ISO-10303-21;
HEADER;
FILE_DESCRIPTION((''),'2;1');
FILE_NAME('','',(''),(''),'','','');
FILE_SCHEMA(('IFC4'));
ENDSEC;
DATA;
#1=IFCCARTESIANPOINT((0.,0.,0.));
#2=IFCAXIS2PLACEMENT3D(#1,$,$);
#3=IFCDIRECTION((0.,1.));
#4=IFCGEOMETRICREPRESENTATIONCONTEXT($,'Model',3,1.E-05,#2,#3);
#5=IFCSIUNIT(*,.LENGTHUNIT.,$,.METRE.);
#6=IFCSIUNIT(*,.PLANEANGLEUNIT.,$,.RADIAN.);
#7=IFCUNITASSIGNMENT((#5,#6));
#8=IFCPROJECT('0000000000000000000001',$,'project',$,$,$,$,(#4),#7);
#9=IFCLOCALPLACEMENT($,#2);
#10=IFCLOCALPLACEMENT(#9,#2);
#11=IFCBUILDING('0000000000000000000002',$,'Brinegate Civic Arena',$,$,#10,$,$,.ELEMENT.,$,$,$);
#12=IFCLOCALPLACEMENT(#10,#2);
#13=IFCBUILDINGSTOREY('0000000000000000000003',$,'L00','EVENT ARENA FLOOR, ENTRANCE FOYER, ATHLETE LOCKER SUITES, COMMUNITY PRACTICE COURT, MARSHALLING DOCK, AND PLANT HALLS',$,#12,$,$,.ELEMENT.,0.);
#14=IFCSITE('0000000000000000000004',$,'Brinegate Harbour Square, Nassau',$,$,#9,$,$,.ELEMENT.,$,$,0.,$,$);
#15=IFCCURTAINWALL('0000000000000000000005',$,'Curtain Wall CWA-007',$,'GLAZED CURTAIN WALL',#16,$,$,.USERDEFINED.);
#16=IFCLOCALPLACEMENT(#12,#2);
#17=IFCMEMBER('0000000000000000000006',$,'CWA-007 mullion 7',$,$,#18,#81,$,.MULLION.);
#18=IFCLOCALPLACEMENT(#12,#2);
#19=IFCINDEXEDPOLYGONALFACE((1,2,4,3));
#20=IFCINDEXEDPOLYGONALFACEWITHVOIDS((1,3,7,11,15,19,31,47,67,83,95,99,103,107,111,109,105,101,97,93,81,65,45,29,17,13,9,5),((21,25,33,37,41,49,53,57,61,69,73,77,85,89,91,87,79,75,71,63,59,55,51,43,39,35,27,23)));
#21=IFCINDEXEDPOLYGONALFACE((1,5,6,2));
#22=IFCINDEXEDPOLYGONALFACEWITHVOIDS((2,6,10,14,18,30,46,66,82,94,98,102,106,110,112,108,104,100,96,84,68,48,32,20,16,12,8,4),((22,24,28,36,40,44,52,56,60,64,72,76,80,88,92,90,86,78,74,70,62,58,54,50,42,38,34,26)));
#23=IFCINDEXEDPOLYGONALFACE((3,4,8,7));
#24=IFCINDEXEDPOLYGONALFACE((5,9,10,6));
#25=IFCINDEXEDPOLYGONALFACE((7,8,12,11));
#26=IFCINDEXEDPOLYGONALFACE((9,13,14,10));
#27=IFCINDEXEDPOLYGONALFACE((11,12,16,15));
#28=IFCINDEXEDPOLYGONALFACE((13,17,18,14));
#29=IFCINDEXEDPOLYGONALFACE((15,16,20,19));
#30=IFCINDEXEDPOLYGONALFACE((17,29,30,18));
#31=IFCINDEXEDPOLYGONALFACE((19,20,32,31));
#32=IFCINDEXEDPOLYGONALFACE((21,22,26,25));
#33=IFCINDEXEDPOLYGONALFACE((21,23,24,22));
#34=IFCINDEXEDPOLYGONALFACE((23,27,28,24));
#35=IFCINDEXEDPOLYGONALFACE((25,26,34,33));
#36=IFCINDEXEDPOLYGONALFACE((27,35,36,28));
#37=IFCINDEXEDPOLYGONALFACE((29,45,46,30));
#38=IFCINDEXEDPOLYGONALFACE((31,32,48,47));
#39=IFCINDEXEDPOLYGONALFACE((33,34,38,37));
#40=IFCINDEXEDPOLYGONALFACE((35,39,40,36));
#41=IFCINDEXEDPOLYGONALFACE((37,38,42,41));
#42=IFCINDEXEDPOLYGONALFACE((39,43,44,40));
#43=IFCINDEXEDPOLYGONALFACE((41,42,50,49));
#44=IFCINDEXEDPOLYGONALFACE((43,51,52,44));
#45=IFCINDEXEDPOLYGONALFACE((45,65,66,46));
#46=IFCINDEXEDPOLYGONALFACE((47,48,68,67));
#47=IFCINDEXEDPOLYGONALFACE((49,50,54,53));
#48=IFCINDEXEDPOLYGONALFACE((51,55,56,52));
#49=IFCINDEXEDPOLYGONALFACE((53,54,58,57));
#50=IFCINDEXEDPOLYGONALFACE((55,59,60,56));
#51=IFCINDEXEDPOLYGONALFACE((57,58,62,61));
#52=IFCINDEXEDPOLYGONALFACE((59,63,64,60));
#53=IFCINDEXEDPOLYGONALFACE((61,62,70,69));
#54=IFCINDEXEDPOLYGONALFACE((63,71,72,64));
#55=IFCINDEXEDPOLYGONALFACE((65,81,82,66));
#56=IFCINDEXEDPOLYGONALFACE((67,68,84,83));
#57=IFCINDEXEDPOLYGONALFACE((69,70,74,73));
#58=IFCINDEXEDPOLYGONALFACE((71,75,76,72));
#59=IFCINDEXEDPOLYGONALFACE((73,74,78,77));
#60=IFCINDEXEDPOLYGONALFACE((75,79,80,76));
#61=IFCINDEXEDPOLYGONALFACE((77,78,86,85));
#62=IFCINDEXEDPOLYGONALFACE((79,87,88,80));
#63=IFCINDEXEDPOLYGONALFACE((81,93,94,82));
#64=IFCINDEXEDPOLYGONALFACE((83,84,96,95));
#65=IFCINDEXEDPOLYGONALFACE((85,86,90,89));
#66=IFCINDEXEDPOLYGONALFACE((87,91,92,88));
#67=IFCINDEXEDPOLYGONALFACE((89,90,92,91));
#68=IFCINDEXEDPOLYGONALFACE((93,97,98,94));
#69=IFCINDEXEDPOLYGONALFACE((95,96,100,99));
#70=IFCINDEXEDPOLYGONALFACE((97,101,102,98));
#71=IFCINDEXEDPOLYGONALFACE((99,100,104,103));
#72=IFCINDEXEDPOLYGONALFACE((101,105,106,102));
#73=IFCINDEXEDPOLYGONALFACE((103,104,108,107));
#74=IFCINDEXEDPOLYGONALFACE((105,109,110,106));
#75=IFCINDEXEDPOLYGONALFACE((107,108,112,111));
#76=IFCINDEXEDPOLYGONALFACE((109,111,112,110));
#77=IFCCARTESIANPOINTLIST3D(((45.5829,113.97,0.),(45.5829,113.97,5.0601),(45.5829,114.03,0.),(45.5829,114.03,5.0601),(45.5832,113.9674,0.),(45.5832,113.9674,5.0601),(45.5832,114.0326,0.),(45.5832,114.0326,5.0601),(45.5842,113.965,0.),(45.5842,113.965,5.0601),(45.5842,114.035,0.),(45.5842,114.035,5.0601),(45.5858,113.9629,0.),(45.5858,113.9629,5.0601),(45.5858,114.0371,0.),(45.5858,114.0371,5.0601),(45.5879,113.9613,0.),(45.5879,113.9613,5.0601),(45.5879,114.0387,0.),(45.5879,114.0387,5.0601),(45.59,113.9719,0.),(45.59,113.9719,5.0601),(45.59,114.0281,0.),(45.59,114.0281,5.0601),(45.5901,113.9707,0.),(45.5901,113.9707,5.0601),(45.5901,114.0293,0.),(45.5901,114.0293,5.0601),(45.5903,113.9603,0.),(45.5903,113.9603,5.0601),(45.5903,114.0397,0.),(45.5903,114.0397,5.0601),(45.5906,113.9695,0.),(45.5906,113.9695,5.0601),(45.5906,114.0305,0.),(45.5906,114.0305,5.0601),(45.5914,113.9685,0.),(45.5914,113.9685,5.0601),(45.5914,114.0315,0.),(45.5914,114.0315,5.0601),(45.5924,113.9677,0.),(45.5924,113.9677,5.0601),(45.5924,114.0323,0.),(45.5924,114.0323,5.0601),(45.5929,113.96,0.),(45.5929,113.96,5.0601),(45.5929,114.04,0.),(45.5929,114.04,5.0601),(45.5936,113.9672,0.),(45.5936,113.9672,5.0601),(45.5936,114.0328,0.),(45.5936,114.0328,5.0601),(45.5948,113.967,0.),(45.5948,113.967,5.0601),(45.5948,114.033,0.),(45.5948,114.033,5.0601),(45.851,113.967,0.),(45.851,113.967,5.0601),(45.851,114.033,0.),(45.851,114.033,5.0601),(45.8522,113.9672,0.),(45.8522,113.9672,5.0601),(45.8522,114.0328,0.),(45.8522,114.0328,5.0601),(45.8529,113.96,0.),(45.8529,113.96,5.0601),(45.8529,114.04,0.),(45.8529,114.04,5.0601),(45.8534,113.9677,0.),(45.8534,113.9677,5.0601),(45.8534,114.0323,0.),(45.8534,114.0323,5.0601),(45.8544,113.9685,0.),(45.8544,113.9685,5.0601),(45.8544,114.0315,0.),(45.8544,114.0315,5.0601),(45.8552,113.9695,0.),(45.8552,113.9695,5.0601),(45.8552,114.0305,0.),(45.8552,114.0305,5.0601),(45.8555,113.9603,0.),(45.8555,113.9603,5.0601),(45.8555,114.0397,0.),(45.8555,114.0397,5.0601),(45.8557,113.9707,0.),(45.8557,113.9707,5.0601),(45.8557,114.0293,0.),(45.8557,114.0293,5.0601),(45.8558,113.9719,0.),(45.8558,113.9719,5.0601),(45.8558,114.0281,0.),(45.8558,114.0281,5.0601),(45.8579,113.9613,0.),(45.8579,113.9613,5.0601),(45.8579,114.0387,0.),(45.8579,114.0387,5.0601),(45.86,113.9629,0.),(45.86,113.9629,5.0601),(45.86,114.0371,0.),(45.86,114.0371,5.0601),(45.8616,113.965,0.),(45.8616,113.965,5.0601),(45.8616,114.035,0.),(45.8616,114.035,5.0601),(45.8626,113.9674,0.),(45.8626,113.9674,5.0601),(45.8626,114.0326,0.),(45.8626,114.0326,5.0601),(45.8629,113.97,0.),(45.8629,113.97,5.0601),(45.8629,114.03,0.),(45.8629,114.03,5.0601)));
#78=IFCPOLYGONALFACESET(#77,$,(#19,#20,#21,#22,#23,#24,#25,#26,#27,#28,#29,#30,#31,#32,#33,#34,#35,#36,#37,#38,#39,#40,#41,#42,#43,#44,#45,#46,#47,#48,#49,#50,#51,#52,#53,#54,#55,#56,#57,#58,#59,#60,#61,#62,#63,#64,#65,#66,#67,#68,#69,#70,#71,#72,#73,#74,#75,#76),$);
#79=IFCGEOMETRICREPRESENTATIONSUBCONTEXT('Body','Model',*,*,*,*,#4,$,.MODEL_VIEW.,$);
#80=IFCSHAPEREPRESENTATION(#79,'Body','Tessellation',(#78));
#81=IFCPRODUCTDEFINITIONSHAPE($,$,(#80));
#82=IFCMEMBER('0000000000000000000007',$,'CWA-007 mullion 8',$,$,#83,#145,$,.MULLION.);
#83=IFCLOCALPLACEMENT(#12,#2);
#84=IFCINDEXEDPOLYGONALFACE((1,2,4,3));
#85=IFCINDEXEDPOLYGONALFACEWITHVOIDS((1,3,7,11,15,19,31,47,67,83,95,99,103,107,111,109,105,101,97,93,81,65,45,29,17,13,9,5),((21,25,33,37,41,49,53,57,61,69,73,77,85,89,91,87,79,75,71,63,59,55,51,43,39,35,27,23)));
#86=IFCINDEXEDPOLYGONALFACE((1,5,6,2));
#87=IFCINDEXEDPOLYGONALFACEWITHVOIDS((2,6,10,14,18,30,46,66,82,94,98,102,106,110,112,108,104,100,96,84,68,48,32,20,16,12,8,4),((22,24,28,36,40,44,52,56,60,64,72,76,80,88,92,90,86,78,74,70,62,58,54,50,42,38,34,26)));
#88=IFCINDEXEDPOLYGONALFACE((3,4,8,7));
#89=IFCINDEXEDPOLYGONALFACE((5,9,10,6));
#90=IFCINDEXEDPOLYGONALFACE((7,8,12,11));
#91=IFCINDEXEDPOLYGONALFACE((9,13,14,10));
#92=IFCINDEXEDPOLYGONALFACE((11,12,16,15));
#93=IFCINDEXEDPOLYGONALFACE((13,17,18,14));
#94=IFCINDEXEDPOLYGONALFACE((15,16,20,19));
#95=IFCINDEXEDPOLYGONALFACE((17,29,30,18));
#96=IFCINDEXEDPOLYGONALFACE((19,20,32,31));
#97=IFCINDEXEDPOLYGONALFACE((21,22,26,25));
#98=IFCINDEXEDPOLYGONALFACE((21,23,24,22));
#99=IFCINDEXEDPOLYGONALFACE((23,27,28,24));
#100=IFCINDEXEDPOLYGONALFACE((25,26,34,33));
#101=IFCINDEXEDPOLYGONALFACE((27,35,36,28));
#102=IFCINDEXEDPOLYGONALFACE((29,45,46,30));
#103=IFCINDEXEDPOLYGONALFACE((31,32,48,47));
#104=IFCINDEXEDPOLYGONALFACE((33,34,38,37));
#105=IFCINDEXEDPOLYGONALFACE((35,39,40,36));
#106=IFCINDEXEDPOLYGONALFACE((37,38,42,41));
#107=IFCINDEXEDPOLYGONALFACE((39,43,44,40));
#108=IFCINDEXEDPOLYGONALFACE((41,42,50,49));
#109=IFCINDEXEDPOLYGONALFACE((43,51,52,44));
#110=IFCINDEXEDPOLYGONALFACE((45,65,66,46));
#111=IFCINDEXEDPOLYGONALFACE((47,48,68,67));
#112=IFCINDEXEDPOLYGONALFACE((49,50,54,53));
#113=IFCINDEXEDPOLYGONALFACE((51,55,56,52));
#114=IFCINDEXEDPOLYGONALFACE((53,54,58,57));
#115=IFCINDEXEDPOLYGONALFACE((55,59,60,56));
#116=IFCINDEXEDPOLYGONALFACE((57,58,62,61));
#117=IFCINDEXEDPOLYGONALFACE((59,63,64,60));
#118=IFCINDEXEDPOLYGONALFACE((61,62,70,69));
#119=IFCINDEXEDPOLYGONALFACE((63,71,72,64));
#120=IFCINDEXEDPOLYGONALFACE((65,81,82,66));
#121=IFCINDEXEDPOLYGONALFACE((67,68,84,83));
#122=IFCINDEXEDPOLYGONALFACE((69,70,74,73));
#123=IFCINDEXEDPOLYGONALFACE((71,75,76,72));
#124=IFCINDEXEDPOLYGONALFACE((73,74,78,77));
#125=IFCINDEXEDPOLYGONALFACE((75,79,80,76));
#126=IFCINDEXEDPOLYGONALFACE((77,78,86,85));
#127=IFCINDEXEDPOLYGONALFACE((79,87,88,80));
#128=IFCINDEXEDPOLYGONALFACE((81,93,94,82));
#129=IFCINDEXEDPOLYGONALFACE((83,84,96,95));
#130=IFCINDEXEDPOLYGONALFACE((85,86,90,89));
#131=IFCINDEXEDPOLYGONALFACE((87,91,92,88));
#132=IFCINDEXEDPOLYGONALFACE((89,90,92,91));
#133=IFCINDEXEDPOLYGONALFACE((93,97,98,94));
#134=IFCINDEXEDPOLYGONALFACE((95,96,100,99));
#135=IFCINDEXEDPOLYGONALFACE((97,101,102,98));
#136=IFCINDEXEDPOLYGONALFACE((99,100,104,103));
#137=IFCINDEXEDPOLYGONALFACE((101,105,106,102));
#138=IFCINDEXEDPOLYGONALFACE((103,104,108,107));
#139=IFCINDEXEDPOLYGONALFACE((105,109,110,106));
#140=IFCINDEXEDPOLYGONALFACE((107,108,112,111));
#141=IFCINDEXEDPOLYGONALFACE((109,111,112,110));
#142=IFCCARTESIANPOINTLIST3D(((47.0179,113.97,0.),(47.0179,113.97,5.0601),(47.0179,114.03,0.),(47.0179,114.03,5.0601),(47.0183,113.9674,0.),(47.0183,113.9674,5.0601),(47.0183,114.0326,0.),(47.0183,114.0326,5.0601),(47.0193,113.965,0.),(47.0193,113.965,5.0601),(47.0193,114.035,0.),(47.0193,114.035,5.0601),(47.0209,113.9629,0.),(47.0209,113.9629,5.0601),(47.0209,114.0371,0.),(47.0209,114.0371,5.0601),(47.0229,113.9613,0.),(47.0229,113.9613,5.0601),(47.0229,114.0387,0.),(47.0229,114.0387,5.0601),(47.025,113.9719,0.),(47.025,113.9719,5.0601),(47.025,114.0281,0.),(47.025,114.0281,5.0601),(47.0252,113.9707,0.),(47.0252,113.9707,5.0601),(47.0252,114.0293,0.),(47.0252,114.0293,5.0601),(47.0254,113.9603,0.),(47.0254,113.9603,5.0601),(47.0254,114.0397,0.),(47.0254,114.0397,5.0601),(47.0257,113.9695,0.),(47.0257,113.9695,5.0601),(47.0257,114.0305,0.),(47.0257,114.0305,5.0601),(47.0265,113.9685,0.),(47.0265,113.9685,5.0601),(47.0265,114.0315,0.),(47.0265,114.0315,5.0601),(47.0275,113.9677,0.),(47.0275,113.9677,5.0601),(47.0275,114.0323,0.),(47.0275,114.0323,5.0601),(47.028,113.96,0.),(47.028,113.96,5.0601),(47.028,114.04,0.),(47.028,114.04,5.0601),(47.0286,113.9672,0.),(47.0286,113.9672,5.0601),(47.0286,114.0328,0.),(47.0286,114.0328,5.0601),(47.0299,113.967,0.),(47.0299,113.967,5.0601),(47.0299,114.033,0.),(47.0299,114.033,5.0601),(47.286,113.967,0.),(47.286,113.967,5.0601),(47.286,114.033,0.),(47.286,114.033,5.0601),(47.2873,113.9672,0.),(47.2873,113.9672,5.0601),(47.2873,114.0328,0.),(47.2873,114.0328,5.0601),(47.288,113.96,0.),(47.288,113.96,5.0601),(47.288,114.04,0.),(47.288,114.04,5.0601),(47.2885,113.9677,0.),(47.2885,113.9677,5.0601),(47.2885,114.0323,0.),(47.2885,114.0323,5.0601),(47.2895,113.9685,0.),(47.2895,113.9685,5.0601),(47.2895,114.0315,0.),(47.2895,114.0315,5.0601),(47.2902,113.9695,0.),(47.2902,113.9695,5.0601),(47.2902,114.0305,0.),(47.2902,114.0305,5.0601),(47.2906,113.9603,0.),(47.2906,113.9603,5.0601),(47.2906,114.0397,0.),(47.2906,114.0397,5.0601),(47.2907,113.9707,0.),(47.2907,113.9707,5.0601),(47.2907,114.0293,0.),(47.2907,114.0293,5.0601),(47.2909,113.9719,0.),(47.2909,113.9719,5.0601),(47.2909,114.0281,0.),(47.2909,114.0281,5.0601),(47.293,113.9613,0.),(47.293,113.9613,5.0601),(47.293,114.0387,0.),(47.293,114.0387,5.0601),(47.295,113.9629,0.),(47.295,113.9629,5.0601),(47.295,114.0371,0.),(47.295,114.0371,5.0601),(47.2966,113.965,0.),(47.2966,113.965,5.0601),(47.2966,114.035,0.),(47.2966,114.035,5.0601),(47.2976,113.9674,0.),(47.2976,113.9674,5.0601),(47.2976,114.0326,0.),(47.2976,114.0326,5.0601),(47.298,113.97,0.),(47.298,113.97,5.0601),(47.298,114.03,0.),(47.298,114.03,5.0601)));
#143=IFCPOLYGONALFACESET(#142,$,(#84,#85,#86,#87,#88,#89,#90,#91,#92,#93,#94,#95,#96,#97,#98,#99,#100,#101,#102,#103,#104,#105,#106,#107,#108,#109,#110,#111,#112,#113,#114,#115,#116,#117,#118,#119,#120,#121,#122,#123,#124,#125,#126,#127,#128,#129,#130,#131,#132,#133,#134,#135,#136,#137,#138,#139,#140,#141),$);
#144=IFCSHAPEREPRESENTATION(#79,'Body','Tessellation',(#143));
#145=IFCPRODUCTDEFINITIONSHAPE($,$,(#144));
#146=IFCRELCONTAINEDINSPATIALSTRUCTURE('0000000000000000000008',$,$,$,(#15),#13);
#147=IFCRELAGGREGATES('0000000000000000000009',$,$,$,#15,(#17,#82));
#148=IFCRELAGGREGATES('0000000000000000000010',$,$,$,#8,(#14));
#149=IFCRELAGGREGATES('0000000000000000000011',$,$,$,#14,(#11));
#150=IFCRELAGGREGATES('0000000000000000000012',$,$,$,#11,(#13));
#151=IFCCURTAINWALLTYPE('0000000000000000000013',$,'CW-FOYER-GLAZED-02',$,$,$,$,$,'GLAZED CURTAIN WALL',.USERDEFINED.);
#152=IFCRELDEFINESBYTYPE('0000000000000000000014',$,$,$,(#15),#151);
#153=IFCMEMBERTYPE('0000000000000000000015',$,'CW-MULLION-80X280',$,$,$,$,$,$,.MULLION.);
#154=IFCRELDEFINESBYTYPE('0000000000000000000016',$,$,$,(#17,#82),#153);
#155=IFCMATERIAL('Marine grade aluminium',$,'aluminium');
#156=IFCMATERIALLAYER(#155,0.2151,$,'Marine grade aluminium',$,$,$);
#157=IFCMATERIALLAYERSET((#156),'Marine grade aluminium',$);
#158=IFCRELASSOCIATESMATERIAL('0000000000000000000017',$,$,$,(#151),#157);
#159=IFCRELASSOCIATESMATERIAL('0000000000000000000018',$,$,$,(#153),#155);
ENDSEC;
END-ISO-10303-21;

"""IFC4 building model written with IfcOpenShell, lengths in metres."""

from ifc_helpers import new_model, si_unit, direction, frame, origin, origin_2d, place, context, subcontext, project, spatial, hollow_rectangle, extrude, material, layer, layer_set, material_profile, profile_set, type_object, element, aggregate, save


model = new_model("IFC4")

# Units and contexts
model_context = context("Model", 3, precision=1e-05, world=origin(), true_north=direction((0.0, 1.0)))
body_context = subcontext(model_context, "Body", "Model", "MODEL_VIEW")
ifc_project = project(units=[si_unit("LENGTHUNIT", "METRE"), si_unit("PLANEANGLEUNIT", "RADIAN")], contexts=[model_context])

# Site, building, storey
site_placement = place(None, origin())
site = spatial("IfcSite", under=ifc_project, at=site_placement, Name="Brinegate Harbour Square, Nassau", CompositionType="ELEMENT", RefElevation=0.0)
building_placement = place(site_placement, origin())
building = spatial("IfcBuilding", under=site, at=building_placement, Name="Brinegate Civic Arena", CompositionType="ELEMENT")
storey_placement = place(building_placement, origin())
storey = spatial("IfcBuildingStorey", under=building, at=storey_placement, Name="L00", Description="EVENT ARENA FLOOR, ENTRANCE FOYER, ATHLETE LOCKER SUITES, COMMUNITY PRACTICE COURT, MARSHALLING DOCK, AND PLANT HALLS", CompositionType="ELEMENT", Elevation=0.0)

# Curtain wall, members
ifc_material_1 = material(Name="Marine grade aluminium", Category="aluminium")
ifc_layer_1 = layer(ifc_material_1, 0.2151, Name="Marine grade aluminium")
ifc_layer_set_1 = layer_set([ifc_layer_1], Name="Marine grade aluminium")
curtain_wall_type = type_object("IfcCurtainWallType", Name="CW-FOYER-GLAZED-02", ElementType="GLAZED CURTAIN WALL", PredefinedType="USERDEFINED", material=ifc_layer_set_1)
curtain_wall_placement = place(storey_placement, origin())
curtain_wall = element("IfcCurtainWall", 1, at=curtain_wall_placement, inside=storey, type_object=curtain_wall_type, Name="Curtain Wall CWA-007", ObjectType="GLAZED CURTAIN WALL", PredefinedType="USERDEFINED")
ifc_material_profile_1 = material_profile(ifc_material_1, hollow_rectangle(XDim=0.0801, YDim=0.28, WallThickness=0.0071, InnerFilletRadius=0.0049, OuterFilletRadius=0.01, at=origin_2d()), Name="MUL80X280")
ifc_profile_set_1 = profile_set([ifc_material_profile_1], Name="Marine grade aluminium")
member_type_1 = type_object("IfcMemberType", Name="CW-MULLION-80X280", PredefinedType="MULLION", material=ifc_profile_set_1)
member_1_placement = place(storey_placement, frame((45.7229, 114.0, 0.0), z_axis=(0.0, 0.0, 1.0), x_axis=(0.0, 1.0, 0.0)))
member_1 = element("IfcMember", 2, at=member_1_placement, type_object=member_type_1, Name="CWA-007 mullion 7", PredefinedType="MULLION", context=body_context, shape_type="SweptSolid", body=[
    extrude(hollow_rectangle(XDim=0.0801, YDim=0.28, WallThickness=0.0071, InnerFilletRadius=0.0049, OuterFilletRadius=0.01, at=origin_2d()), origin(), (0.0, 0.0, 1.0), 5.0601),
])
member_2_placement = place(storey_placement, frame((47.158, 114.0, 0.0), z_axis=(0.0, 0.0, 1.0), x_axis=(0.0, 1.0, 0.0)))
member_2 = element("IfcMember", 3, at=member_2_placement, type_object=member_type_1, Name="CWA-007 mullion 8", PredefinedType="MULLION", context=body_context, shape_type="SweptSolid", body=[
    extrude(hollow_rectangle(XDim=0.0801, YDim=0.28, WallThickness=0.0071, InnerFilletRadius=0.0049, OuterFilletRadius=0.01, at=origin_2d()), origin(), (0.0, 0.0, 1.0), 5.0601),
])
aggregate(curtain_wall, [member_1, member_2])

save(model, "model.ifc")
